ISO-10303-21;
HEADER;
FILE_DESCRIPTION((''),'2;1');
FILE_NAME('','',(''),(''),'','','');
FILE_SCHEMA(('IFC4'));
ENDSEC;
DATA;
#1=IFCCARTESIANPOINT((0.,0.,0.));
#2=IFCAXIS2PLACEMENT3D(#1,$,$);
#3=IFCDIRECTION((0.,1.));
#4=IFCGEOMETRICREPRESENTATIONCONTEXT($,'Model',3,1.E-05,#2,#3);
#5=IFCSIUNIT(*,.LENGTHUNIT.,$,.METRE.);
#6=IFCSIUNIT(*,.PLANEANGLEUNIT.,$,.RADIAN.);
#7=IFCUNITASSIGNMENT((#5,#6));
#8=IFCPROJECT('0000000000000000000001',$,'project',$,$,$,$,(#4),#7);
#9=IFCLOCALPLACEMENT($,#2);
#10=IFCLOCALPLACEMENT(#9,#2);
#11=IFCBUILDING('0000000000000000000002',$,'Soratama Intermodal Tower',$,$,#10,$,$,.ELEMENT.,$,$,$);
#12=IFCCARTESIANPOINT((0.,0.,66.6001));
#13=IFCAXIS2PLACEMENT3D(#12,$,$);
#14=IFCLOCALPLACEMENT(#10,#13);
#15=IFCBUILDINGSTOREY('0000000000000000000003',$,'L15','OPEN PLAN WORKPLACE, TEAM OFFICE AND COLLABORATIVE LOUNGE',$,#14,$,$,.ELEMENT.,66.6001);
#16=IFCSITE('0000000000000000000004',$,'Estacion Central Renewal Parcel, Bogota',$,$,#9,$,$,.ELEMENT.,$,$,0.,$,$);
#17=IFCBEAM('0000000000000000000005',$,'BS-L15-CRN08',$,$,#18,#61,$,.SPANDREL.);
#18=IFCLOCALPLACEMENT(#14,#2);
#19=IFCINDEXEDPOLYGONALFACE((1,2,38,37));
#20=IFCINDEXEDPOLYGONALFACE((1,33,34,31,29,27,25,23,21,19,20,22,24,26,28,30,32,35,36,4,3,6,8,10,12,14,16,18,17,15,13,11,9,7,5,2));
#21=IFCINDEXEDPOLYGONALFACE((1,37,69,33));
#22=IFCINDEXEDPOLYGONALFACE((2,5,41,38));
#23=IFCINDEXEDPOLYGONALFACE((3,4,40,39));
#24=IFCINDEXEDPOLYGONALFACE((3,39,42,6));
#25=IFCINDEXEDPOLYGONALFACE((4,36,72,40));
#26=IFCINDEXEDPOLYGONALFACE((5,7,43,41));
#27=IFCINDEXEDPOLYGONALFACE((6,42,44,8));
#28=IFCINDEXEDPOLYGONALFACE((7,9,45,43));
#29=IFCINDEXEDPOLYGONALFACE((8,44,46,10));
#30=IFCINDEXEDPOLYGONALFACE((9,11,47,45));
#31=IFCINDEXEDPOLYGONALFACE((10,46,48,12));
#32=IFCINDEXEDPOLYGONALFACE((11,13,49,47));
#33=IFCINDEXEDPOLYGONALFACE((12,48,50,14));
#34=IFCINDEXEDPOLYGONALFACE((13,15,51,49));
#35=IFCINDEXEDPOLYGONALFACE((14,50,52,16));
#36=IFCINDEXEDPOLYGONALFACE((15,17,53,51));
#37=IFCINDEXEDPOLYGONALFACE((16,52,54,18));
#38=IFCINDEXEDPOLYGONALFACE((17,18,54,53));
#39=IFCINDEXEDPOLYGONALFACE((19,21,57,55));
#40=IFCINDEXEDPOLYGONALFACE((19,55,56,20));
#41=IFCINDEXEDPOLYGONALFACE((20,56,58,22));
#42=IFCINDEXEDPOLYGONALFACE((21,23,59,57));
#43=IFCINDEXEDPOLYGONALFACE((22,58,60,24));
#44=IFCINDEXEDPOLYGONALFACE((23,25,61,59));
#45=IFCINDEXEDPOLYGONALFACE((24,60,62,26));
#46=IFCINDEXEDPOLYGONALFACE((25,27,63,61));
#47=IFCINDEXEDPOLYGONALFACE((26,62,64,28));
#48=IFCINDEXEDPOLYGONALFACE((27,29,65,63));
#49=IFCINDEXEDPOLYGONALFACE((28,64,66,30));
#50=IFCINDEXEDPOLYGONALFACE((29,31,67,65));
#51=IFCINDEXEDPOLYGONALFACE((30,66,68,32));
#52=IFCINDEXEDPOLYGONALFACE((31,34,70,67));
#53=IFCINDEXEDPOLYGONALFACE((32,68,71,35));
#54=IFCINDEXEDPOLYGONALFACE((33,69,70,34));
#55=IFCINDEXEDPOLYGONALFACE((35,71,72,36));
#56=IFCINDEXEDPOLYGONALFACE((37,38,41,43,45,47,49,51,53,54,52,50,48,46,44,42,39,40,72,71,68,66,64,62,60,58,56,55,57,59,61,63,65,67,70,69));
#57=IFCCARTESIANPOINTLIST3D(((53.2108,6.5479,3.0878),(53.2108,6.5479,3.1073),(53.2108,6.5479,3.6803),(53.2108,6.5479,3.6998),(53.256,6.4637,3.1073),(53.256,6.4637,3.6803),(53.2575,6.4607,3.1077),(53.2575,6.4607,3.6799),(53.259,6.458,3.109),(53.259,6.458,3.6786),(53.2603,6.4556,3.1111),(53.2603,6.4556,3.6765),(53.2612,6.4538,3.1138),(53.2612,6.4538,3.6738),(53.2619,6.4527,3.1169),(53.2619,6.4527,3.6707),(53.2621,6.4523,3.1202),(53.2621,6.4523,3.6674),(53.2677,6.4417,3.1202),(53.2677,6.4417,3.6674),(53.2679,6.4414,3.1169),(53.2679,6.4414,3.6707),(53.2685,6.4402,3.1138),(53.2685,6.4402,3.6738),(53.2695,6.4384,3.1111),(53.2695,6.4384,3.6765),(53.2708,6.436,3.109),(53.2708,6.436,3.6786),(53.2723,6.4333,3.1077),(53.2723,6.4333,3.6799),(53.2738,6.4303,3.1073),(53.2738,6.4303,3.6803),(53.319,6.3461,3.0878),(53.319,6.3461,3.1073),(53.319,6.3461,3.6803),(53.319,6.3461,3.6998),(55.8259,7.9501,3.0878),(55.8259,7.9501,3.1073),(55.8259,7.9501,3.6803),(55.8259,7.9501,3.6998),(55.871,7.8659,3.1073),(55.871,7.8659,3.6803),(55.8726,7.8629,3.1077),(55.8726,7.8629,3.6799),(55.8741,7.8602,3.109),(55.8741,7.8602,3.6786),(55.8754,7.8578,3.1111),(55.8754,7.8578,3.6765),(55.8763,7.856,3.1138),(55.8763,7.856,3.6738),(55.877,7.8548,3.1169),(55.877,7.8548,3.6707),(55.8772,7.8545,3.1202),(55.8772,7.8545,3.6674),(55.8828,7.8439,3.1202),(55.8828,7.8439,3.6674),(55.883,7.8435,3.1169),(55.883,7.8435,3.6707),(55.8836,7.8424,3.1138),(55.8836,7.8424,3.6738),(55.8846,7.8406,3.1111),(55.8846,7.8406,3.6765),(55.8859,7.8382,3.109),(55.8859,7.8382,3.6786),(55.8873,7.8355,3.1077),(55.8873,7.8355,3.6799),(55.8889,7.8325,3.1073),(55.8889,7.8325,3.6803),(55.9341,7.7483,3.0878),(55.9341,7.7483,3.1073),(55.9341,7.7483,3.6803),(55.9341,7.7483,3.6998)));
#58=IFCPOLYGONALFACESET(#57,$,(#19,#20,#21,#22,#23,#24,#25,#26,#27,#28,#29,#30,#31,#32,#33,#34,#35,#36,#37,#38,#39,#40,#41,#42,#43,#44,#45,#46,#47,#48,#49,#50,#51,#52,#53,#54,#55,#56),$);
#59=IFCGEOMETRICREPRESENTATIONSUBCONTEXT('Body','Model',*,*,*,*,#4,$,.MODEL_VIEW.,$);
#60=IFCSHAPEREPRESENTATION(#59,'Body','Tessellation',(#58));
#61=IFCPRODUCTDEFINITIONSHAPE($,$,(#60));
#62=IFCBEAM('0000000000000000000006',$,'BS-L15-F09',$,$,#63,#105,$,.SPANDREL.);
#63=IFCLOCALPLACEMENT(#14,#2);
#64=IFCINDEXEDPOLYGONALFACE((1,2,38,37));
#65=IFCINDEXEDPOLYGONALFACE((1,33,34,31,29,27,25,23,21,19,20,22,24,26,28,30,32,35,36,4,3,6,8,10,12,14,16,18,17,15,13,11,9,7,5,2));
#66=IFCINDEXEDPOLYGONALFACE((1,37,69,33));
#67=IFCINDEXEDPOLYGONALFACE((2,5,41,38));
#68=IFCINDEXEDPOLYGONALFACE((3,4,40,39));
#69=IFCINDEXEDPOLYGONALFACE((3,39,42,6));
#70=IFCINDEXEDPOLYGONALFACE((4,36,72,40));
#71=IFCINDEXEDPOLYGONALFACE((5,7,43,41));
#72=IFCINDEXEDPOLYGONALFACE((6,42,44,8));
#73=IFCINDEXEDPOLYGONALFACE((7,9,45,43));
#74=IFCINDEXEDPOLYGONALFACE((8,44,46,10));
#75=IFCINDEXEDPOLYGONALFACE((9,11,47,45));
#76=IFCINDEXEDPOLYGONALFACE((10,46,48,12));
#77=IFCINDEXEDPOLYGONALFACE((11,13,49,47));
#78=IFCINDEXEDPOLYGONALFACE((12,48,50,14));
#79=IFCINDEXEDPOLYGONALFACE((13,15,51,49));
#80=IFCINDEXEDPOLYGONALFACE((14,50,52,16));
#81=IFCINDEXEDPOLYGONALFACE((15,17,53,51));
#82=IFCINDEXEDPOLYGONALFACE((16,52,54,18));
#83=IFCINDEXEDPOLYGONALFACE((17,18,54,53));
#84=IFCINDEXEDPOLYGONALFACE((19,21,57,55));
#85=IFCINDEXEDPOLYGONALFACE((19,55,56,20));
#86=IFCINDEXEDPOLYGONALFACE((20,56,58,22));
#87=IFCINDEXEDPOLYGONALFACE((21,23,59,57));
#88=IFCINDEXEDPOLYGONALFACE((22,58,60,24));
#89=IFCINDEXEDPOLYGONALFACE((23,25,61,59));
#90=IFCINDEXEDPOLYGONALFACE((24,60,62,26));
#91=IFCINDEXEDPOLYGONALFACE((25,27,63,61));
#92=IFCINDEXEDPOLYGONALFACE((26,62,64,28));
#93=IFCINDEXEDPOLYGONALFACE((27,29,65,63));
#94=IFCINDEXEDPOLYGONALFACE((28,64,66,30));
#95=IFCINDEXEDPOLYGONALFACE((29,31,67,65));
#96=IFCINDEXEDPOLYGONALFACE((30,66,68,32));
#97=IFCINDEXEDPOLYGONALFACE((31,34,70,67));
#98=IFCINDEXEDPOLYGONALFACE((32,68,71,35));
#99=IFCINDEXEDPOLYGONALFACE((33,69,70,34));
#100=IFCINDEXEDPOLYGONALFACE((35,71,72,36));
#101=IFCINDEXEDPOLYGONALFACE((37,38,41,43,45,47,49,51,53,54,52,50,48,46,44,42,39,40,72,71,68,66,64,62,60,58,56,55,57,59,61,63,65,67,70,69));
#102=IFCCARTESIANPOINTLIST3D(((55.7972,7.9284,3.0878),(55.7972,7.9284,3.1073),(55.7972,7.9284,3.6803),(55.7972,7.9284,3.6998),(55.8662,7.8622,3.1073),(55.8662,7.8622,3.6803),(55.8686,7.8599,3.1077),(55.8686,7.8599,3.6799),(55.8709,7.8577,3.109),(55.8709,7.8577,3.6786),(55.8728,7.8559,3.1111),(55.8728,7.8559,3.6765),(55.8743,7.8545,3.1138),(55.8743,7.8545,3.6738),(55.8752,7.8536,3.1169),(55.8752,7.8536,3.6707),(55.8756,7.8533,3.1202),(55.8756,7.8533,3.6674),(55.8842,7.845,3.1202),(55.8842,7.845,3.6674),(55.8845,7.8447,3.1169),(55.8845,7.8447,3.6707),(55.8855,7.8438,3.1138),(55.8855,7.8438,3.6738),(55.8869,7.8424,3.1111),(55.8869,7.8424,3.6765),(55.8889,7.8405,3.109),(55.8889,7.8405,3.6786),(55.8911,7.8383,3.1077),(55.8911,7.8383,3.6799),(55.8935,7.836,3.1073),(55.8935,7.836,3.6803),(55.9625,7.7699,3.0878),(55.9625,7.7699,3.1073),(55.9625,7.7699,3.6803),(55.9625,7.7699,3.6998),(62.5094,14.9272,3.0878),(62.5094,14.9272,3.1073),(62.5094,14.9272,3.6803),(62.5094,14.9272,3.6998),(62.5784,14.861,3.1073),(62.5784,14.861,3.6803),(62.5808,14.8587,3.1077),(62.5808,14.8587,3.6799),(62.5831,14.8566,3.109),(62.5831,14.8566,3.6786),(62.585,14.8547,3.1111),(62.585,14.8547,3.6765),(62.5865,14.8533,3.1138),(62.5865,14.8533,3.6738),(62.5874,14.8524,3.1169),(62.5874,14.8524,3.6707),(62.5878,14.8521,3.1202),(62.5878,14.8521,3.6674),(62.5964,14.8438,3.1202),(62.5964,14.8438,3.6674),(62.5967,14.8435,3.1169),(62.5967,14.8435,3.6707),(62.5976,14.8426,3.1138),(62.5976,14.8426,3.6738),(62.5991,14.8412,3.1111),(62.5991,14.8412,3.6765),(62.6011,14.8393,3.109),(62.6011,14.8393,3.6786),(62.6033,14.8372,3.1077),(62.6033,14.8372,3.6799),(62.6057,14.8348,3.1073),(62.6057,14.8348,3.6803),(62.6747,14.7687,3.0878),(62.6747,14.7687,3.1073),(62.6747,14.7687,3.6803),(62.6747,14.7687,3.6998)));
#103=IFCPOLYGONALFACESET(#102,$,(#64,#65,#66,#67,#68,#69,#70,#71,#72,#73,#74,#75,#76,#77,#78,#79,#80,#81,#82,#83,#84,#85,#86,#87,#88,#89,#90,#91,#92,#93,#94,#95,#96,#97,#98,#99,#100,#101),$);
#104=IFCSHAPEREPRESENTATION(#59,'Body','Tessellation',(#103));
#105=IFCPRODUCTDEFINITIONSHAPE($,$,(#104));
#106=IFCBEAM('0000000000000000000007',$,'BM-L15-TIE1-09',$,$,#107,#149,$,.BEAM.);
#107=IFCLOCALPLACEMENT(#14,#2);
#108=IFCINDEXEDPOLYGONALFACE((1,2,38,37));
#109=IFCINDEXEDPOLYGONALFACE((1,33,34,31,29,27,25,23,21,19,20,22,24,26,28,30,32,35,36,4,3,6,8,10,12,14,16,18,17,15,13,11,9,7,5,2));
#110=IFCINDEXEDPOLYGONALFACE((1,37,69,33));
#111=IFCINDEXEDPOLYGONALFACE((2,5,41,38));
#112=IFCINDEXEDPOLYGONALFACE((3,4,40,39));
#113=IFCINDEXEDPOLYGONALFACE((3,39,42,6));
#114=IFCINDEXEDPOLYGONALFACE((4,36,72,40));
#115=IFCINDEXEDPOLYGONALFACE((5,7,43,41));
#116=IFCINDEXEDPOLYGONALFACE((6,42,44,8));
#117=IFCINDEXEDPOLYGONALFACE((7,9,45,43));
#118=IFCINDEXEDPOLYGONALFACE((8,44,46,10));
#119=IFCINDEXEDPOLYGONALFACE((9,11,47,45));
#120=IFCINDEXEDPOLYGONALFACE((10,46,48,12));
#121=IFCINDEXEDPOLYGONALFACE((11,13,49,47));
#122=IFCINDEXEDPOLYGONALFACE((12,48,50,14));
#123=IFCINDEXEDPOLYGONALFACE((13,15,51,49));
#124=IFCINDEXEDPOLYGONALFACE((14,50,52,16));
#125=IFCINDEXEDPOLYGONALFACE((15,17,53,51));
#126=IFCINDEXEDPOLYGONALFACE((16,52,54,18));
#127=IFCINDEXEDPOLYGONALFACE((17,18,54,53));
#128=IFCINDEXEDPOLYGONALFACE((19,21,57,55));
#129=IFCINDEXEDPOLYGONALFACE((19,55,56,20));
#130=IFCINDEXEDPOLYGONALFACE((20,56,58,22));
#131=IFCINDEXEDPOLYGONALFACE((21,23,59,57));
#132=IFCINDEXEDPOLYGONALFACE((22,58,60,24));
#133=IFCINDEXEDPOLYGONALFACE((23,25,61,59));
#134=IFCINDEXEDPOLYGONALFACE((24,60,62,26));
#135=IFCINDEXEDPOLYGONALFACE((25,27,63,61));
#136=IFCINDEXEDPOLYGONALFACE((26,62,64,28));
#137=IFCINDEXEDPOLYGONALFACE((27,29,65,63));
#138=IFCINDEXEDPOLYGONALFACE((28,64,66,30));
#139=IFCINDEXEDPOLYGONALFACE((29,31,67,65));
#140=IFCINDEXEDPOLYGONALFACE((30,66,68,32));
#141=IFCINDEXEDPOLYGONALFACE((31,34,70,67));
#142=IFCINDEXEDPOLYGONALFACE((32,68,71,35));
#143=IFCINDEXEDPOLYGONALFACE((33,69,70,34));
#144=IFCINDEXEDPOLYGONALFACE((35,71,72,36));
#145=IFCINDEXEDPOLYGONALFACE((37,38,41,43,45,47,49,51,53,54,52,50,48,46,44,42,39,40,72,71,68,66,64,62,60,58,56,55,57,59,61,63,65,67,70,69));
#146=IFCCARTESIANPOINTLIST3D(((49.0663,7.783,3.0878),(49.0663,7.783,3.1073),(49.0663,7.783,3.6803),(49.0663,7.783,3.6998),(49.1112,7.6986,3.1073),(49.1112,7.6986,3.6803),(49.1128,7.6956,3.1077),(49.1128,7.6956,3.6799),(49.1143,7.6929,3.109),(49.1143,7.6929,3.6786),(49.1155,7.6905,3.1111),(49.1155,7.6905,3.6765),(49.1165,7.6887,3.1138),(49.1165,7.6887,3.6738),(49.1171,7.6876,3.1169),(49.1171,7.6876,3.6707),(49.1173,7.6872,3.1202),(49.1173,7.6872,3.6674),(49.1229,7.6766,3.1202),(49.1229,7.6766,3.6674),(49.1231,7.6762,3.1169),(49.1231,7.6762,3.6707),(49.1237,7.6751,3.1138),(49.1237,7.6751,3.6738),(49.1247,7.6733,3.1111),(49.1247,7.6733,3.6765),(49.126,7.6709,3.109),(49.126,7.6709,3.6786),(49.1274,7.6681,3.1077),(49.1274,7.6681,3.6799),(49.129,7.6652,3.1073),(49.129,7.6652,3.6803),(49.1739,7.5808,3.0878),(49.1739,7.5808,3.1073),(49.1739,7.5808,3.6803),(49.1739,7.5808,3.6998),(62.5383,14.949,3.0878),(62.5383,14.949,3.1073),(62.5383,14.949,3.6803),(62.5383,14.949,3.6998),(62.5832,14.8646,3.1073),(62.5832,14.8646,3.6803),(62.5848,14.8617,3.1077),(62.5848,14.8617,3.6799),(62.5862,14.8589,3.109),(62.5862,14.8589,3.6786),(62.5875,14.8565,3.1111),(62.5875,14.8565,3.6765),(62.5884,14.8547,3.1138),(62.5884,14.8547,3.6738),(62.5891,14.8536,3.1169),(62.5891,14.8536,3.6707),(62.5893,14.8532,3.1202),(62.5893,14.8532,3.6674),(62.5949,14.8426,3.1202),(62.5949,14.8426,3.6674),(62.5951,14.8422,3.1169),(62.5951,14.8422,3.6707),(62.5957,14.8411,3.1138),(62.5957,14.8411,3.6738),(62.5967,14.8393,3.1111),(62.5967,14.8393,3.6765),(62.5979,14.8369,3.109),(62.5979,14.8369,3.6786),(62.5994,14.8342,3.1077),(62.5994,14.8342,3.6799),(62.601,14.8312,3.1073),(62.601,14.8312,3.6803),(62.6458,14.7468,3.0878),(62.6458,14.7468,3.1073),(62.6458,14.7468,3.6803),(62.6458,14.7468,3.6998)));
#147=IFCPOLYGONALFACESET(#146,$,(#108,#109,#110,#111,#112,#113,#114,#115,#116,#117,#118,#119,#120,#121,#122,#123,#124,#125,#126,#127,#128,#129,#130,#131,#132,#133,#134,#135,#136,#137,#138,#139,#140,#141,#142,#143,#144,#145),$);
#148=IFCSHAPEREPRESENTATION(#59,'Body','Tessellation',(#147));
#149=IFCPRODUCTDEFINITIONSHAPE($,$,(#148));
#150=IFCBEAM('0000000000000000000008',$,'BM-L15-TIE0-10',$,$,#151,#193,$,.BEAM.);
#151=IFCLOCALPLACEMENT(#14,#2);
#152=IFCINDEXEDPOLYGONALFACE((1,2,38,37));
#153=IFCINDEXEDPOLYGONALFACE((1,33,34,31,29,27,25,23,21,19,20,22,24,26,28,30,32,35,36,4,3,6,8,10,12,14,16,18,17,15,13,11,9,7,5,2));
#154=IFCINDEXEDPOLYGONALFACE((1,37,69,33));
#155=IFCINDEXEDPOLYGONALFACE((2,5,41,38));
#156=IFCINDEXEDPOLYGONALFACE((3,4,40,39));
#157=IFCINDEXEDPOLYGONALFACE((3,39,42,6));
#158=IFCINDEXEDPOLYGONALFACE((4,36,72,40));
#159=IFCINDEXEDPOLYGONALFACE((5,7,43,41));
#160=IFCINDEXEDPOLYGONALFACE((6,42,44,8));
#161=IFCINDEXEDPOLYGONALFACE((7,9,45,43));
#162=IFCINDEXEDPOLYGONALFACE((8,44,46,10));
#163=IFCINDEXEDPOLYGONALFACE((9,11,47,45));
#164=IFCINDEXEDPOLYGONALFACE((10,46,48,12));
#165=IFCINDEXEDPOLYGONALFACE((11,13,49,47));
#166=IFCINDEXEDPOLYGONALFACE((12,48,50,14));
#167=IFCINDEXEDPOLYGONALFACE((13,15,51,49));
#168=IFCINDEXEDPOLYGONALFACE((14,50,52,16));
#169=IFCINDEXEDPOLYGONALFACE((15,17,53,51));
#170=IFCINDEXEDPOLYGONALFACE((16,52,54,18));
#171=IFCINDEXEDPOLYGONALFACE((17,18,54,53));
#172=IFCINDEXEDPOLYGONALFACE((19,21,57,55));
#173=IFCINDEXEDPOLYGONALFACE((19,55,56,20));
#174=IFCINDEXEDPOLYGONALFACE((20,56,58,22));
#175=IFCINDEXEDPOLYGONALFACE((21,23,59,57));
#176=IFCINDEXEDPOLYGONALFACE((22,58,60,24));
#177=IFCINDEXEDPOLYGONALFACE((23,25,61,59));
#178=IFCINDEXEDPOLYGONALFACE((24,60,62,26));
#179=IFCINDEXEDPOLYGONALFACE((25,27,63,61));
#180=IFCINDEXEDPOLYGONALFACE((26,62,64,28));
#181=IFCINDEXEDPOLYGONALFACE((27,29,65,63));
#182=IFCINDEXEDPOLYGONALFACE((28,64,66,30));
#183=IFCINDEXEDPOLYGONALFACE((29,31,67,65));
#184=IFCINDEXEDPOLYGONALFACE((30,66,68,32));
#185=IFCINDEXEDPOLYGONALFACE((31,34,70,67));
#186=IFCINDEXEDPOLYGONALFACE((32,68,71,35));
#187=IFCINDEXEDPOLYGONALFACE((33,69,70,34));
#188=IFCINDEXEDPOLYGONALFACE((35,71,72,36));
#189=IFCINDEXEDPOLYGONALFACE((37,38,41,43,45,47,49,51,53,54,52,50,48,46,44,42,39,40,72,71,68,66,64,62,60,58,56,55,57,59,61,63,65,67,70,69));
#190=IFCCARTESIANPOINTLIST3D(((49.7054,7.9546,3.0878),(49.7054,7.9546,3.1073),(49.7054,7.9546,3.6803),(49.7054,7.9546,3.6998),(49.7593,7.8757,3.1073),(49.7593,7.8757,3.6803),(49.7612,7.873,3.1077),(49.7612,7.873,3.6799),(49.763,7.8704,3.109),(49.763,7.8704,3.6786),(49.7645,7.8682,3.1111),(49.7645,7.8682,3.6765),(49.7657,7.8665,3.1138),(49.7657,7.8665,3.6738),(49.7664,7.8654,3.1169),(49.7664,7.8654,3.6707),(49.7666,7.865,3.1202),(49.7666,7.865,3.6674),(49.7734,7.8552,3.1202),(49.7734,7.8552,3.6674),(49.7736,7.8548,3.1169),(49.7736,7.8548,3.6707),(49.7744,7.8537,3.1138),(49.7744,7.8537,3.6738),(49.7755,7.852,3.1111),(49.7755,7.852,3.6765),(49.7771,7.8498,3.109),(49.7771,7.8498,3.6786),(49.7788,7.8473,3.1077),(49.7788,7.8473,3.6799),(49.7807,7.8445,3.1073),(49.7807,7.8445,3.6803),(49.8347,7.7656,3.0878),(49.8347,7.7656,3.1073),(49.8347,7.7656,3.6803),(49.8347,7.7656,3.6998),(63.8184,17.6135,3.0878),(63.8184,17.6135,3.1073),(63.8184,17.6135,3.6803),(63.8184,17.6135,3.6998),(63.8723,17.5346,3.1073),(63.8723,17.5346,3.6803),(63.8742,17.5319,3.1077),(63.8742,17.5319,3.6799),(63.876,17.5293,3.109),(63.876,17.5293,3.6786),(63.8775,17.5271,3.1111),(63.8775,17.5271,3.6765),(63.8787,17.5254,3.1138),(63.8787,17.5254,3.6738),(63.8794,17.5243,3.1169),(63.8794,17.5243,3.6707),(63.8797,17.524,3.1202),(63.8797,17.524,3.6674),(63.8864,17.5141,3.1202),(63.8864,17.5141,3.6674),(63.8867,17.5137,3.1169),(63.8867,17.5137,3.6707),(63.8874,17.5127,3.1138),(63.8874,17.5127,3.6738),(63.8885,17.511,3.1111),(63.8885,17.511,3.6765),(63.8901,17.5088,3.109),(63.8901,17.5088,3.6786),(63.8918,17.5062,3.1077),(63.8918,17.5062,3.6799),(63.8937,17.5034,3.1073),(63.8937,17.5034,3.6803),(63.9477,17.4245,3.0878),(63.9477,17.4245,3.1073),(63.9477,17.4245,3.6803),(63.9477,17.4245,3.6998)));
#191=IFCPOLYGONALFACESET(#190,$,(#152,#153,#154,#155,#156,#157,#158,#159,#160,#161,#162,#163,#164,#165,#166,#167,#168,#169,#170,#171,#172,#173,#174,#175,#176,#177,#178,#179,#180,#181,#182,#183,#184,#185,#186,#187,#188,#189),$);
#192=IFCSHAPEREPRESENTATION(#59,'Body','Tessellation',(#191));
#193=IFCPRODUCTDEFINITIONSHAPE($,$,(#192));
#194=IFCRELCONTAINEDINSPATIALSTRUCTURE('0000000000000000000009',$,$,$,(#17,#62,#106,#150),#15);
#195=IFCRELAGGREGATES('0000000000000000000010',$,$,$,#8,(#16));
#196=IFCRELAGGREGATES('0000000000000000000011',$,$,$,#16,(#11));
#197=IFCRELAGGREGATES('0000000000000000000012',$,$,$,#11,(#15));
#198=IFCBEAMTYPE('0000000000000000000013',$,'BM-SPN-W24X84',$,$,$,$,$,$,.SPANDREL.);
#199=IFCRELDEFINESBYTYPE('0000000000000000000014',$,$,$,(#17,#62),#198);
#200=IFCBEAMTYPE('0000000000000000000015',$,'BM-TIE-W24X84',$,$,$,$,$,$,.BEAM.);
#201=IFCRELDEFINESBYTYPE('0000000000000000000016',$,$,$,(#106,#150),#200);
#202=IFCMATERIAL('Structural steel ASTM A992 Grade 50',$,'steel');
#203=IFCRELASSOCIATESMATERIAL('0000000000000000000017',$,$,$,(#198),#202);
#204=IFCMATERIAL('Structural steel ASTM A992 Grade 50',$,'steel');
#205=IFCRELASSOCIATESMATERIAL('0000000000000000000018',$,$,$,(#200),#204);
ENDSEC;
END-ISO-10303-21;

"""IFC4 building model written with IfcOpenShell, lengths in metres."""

from ifc_helpers import new_model, si_unit, direction, frame, origin, origin_2d, place, context, subcontext, project, spatial, i_section, extrude, material, material_profile, profile_set, type_object, element, save


model = new_model("IFC4")

# Units and contexts
model_context = context("Model", 3, precision=1e-05, world=origin(), true_north=direction((0.0, 1.0)))
body_context = subcontext(model_context, "Body", "Model", "MODEL_VIEW")
ifc_project = project(units=[si_unit("LENGTHUNIT", "METRE"), si_unit("PLANEANGLEUNIT", "RADIAN")], contexts=[model_context])

# Site, building, storey
site_placement = place(None, origin())
site = spatial("IfcSite", under=ifc_project, at=site_placement, Name="Estacion Central Renewal Parcel, Bogota", CompositionType="ELEMENT", RefElevation=0.0)
building_placement = place(site_placement, origin())
building = spatial("IfcBuilding", under=site, at=building_placement, Name="Soratama Intermodal Tower", CompositionType="ELEMENT")
storey_placement = place(building_placement, frame((0.0, 0.0, 66.6001)))
storey = spatial("IfcBuildingStorey", under=building, at=storey_placement, Name="L15", Description="OPEN PLAN WORKPLACE, TEAM OFFICE AND COLLABORATIVE LOUNGE", CompositionType="ELEMENT", Elevation=66.6001)

# Beams
ifc_material_1 = material(Name="Structural steel ASTM A992 Grade 50", Category="steel")
ifc_material_profile_1 = material_profile(ifc_material_1, i_section(OverallWidth=0.229, OverallDepth=0.6121, WebThickness=0.012, FlangeThickness=0.0195, FilletRadius=0.0129, at=origin_2d()), Name="W24X84")
ifc_profile_set_1 = profile_set([ifc_material_profile_1], Name="Structural steel ASTM A992 Grade 50")
beam_type_1 = type_object("IfcBeamType", Name="BM-SPN-W24X84", PredefinedType="SPANDREL", material=ifc_profile_set_1)
beam_1_placement = place(storey_placement, frame((53.2649, 6.447, 3.3938), z_axis=(0.88131, 0.472539, 0.0), x_axis=(-0.472539, 0.88131, 0.0)))
element("IfcBeam", 1, at=beam_1_placement, inside=storey, type_object=beam_type_1, Name="BS-L15-CRN08", PredefinedType="SPANDREL", context=body_context, shape_type="SweptSolid", body=[
    extrude(i_section(OverallWidth=0.229, OverallDepth=0.6121, WebThickness=0.012, FlangeThickness=0.0195, FilletRadius=0.0129, at=origin_2d()), origin(), (0.0, 0.0, 1.0), 2.9673),
])
beam_2_placement = place(storey_placement, frame((55.8799, 7.8491, 3.3938), z_axis=(0.692174, 0.721731, 0.0), x_axis=(-0.721731, 0.692174, 0.0)))
element("IfcBeam", 2, at=beam_2_placement, inside=storey, type_object=beam_type_1, Name="BS-L15-F09", PredefinedType="SPANDREL", context=body_context, shape_type="SweptSolid", body=[
    extrude(i_section(OverallWidth=0.229, OverallDepth=0.6121, WebThickness=0.012, FlangeThickness=0.0195, FilletRadius=0.0129, at=origin_2d()), origin(), (0.0, 0.0, 1.0), 9.6973),
])
ifc_material_2 = material(Name="Structural steel ASTM A992 Grade 50", Category="steel")
ifc_material_profile_2 = material_profile(ifc_material_2, i_section(OverallWidth=0.229, OverallDepth=0.6121, WebThickness=0.012, FlangeThickness=0.0195, FilletRadius=0.0129, at=origin_2d()), Name="W24X84")
ifc_profile_set_2 = profile_set([ifc_material_profile_2], Name="Structural steel ASTM A992 Grade 50")
beam_type_2 = type_object("IfcBeamType", Name="BM-TIE-W24X84", PredefinedType="BEAM", material=ifc_profile_set_2)
beam_3_placement = place(storey_placement, frame((49.1201, 7.6819, 3.3938), z_axis=(0.88287, 0.469618, 0.0), x_axis=(-0.469618, 0.88287, 0.0)))
element("IfcBeam", 3, at=beam_3_placement, inside=storey, type_object=beam_type_2, Name="BM-L15-TIE1-09", PredefinedType="BEAM", context=body_context, shape_type="SweptSolid", body=[
    extrude(i_section(OverallWidth=0.229, OverallDepth=0.6121, WebThickness=0.012, FlangeThickness=0.0195, FilletRadius=0.0129, at=origin_2d()), origin(), (0.0, 0.0, 1.0), 15.2593),
])
beam_4_placement = place(storey_placement, frame((49.77, 7.8601, 3.3938), z_axis=(0.825235, 0.564789, 0.0), x_axis=(-0.564789, 0.825235, 0.0)))
element("IfcBeam", 4, at=beam_4_placement, inside=storey, type_object=beam_type_2, Name="BM-L15-TIE0-10", PredefinedType="BEAM", context=body_context, shape_type="SweptSolid", body=[
    extrude(i_section(OverallWidth=0.229, OverallDepth=0.6121, WebThickness=0.012, FlangeThickness=0.0195, FilletRadius=0.0129, at=origin_2d()), origin(), (0.0, 0.0, 1.0), 17.1018),
])

save(model, "model.ifc")
